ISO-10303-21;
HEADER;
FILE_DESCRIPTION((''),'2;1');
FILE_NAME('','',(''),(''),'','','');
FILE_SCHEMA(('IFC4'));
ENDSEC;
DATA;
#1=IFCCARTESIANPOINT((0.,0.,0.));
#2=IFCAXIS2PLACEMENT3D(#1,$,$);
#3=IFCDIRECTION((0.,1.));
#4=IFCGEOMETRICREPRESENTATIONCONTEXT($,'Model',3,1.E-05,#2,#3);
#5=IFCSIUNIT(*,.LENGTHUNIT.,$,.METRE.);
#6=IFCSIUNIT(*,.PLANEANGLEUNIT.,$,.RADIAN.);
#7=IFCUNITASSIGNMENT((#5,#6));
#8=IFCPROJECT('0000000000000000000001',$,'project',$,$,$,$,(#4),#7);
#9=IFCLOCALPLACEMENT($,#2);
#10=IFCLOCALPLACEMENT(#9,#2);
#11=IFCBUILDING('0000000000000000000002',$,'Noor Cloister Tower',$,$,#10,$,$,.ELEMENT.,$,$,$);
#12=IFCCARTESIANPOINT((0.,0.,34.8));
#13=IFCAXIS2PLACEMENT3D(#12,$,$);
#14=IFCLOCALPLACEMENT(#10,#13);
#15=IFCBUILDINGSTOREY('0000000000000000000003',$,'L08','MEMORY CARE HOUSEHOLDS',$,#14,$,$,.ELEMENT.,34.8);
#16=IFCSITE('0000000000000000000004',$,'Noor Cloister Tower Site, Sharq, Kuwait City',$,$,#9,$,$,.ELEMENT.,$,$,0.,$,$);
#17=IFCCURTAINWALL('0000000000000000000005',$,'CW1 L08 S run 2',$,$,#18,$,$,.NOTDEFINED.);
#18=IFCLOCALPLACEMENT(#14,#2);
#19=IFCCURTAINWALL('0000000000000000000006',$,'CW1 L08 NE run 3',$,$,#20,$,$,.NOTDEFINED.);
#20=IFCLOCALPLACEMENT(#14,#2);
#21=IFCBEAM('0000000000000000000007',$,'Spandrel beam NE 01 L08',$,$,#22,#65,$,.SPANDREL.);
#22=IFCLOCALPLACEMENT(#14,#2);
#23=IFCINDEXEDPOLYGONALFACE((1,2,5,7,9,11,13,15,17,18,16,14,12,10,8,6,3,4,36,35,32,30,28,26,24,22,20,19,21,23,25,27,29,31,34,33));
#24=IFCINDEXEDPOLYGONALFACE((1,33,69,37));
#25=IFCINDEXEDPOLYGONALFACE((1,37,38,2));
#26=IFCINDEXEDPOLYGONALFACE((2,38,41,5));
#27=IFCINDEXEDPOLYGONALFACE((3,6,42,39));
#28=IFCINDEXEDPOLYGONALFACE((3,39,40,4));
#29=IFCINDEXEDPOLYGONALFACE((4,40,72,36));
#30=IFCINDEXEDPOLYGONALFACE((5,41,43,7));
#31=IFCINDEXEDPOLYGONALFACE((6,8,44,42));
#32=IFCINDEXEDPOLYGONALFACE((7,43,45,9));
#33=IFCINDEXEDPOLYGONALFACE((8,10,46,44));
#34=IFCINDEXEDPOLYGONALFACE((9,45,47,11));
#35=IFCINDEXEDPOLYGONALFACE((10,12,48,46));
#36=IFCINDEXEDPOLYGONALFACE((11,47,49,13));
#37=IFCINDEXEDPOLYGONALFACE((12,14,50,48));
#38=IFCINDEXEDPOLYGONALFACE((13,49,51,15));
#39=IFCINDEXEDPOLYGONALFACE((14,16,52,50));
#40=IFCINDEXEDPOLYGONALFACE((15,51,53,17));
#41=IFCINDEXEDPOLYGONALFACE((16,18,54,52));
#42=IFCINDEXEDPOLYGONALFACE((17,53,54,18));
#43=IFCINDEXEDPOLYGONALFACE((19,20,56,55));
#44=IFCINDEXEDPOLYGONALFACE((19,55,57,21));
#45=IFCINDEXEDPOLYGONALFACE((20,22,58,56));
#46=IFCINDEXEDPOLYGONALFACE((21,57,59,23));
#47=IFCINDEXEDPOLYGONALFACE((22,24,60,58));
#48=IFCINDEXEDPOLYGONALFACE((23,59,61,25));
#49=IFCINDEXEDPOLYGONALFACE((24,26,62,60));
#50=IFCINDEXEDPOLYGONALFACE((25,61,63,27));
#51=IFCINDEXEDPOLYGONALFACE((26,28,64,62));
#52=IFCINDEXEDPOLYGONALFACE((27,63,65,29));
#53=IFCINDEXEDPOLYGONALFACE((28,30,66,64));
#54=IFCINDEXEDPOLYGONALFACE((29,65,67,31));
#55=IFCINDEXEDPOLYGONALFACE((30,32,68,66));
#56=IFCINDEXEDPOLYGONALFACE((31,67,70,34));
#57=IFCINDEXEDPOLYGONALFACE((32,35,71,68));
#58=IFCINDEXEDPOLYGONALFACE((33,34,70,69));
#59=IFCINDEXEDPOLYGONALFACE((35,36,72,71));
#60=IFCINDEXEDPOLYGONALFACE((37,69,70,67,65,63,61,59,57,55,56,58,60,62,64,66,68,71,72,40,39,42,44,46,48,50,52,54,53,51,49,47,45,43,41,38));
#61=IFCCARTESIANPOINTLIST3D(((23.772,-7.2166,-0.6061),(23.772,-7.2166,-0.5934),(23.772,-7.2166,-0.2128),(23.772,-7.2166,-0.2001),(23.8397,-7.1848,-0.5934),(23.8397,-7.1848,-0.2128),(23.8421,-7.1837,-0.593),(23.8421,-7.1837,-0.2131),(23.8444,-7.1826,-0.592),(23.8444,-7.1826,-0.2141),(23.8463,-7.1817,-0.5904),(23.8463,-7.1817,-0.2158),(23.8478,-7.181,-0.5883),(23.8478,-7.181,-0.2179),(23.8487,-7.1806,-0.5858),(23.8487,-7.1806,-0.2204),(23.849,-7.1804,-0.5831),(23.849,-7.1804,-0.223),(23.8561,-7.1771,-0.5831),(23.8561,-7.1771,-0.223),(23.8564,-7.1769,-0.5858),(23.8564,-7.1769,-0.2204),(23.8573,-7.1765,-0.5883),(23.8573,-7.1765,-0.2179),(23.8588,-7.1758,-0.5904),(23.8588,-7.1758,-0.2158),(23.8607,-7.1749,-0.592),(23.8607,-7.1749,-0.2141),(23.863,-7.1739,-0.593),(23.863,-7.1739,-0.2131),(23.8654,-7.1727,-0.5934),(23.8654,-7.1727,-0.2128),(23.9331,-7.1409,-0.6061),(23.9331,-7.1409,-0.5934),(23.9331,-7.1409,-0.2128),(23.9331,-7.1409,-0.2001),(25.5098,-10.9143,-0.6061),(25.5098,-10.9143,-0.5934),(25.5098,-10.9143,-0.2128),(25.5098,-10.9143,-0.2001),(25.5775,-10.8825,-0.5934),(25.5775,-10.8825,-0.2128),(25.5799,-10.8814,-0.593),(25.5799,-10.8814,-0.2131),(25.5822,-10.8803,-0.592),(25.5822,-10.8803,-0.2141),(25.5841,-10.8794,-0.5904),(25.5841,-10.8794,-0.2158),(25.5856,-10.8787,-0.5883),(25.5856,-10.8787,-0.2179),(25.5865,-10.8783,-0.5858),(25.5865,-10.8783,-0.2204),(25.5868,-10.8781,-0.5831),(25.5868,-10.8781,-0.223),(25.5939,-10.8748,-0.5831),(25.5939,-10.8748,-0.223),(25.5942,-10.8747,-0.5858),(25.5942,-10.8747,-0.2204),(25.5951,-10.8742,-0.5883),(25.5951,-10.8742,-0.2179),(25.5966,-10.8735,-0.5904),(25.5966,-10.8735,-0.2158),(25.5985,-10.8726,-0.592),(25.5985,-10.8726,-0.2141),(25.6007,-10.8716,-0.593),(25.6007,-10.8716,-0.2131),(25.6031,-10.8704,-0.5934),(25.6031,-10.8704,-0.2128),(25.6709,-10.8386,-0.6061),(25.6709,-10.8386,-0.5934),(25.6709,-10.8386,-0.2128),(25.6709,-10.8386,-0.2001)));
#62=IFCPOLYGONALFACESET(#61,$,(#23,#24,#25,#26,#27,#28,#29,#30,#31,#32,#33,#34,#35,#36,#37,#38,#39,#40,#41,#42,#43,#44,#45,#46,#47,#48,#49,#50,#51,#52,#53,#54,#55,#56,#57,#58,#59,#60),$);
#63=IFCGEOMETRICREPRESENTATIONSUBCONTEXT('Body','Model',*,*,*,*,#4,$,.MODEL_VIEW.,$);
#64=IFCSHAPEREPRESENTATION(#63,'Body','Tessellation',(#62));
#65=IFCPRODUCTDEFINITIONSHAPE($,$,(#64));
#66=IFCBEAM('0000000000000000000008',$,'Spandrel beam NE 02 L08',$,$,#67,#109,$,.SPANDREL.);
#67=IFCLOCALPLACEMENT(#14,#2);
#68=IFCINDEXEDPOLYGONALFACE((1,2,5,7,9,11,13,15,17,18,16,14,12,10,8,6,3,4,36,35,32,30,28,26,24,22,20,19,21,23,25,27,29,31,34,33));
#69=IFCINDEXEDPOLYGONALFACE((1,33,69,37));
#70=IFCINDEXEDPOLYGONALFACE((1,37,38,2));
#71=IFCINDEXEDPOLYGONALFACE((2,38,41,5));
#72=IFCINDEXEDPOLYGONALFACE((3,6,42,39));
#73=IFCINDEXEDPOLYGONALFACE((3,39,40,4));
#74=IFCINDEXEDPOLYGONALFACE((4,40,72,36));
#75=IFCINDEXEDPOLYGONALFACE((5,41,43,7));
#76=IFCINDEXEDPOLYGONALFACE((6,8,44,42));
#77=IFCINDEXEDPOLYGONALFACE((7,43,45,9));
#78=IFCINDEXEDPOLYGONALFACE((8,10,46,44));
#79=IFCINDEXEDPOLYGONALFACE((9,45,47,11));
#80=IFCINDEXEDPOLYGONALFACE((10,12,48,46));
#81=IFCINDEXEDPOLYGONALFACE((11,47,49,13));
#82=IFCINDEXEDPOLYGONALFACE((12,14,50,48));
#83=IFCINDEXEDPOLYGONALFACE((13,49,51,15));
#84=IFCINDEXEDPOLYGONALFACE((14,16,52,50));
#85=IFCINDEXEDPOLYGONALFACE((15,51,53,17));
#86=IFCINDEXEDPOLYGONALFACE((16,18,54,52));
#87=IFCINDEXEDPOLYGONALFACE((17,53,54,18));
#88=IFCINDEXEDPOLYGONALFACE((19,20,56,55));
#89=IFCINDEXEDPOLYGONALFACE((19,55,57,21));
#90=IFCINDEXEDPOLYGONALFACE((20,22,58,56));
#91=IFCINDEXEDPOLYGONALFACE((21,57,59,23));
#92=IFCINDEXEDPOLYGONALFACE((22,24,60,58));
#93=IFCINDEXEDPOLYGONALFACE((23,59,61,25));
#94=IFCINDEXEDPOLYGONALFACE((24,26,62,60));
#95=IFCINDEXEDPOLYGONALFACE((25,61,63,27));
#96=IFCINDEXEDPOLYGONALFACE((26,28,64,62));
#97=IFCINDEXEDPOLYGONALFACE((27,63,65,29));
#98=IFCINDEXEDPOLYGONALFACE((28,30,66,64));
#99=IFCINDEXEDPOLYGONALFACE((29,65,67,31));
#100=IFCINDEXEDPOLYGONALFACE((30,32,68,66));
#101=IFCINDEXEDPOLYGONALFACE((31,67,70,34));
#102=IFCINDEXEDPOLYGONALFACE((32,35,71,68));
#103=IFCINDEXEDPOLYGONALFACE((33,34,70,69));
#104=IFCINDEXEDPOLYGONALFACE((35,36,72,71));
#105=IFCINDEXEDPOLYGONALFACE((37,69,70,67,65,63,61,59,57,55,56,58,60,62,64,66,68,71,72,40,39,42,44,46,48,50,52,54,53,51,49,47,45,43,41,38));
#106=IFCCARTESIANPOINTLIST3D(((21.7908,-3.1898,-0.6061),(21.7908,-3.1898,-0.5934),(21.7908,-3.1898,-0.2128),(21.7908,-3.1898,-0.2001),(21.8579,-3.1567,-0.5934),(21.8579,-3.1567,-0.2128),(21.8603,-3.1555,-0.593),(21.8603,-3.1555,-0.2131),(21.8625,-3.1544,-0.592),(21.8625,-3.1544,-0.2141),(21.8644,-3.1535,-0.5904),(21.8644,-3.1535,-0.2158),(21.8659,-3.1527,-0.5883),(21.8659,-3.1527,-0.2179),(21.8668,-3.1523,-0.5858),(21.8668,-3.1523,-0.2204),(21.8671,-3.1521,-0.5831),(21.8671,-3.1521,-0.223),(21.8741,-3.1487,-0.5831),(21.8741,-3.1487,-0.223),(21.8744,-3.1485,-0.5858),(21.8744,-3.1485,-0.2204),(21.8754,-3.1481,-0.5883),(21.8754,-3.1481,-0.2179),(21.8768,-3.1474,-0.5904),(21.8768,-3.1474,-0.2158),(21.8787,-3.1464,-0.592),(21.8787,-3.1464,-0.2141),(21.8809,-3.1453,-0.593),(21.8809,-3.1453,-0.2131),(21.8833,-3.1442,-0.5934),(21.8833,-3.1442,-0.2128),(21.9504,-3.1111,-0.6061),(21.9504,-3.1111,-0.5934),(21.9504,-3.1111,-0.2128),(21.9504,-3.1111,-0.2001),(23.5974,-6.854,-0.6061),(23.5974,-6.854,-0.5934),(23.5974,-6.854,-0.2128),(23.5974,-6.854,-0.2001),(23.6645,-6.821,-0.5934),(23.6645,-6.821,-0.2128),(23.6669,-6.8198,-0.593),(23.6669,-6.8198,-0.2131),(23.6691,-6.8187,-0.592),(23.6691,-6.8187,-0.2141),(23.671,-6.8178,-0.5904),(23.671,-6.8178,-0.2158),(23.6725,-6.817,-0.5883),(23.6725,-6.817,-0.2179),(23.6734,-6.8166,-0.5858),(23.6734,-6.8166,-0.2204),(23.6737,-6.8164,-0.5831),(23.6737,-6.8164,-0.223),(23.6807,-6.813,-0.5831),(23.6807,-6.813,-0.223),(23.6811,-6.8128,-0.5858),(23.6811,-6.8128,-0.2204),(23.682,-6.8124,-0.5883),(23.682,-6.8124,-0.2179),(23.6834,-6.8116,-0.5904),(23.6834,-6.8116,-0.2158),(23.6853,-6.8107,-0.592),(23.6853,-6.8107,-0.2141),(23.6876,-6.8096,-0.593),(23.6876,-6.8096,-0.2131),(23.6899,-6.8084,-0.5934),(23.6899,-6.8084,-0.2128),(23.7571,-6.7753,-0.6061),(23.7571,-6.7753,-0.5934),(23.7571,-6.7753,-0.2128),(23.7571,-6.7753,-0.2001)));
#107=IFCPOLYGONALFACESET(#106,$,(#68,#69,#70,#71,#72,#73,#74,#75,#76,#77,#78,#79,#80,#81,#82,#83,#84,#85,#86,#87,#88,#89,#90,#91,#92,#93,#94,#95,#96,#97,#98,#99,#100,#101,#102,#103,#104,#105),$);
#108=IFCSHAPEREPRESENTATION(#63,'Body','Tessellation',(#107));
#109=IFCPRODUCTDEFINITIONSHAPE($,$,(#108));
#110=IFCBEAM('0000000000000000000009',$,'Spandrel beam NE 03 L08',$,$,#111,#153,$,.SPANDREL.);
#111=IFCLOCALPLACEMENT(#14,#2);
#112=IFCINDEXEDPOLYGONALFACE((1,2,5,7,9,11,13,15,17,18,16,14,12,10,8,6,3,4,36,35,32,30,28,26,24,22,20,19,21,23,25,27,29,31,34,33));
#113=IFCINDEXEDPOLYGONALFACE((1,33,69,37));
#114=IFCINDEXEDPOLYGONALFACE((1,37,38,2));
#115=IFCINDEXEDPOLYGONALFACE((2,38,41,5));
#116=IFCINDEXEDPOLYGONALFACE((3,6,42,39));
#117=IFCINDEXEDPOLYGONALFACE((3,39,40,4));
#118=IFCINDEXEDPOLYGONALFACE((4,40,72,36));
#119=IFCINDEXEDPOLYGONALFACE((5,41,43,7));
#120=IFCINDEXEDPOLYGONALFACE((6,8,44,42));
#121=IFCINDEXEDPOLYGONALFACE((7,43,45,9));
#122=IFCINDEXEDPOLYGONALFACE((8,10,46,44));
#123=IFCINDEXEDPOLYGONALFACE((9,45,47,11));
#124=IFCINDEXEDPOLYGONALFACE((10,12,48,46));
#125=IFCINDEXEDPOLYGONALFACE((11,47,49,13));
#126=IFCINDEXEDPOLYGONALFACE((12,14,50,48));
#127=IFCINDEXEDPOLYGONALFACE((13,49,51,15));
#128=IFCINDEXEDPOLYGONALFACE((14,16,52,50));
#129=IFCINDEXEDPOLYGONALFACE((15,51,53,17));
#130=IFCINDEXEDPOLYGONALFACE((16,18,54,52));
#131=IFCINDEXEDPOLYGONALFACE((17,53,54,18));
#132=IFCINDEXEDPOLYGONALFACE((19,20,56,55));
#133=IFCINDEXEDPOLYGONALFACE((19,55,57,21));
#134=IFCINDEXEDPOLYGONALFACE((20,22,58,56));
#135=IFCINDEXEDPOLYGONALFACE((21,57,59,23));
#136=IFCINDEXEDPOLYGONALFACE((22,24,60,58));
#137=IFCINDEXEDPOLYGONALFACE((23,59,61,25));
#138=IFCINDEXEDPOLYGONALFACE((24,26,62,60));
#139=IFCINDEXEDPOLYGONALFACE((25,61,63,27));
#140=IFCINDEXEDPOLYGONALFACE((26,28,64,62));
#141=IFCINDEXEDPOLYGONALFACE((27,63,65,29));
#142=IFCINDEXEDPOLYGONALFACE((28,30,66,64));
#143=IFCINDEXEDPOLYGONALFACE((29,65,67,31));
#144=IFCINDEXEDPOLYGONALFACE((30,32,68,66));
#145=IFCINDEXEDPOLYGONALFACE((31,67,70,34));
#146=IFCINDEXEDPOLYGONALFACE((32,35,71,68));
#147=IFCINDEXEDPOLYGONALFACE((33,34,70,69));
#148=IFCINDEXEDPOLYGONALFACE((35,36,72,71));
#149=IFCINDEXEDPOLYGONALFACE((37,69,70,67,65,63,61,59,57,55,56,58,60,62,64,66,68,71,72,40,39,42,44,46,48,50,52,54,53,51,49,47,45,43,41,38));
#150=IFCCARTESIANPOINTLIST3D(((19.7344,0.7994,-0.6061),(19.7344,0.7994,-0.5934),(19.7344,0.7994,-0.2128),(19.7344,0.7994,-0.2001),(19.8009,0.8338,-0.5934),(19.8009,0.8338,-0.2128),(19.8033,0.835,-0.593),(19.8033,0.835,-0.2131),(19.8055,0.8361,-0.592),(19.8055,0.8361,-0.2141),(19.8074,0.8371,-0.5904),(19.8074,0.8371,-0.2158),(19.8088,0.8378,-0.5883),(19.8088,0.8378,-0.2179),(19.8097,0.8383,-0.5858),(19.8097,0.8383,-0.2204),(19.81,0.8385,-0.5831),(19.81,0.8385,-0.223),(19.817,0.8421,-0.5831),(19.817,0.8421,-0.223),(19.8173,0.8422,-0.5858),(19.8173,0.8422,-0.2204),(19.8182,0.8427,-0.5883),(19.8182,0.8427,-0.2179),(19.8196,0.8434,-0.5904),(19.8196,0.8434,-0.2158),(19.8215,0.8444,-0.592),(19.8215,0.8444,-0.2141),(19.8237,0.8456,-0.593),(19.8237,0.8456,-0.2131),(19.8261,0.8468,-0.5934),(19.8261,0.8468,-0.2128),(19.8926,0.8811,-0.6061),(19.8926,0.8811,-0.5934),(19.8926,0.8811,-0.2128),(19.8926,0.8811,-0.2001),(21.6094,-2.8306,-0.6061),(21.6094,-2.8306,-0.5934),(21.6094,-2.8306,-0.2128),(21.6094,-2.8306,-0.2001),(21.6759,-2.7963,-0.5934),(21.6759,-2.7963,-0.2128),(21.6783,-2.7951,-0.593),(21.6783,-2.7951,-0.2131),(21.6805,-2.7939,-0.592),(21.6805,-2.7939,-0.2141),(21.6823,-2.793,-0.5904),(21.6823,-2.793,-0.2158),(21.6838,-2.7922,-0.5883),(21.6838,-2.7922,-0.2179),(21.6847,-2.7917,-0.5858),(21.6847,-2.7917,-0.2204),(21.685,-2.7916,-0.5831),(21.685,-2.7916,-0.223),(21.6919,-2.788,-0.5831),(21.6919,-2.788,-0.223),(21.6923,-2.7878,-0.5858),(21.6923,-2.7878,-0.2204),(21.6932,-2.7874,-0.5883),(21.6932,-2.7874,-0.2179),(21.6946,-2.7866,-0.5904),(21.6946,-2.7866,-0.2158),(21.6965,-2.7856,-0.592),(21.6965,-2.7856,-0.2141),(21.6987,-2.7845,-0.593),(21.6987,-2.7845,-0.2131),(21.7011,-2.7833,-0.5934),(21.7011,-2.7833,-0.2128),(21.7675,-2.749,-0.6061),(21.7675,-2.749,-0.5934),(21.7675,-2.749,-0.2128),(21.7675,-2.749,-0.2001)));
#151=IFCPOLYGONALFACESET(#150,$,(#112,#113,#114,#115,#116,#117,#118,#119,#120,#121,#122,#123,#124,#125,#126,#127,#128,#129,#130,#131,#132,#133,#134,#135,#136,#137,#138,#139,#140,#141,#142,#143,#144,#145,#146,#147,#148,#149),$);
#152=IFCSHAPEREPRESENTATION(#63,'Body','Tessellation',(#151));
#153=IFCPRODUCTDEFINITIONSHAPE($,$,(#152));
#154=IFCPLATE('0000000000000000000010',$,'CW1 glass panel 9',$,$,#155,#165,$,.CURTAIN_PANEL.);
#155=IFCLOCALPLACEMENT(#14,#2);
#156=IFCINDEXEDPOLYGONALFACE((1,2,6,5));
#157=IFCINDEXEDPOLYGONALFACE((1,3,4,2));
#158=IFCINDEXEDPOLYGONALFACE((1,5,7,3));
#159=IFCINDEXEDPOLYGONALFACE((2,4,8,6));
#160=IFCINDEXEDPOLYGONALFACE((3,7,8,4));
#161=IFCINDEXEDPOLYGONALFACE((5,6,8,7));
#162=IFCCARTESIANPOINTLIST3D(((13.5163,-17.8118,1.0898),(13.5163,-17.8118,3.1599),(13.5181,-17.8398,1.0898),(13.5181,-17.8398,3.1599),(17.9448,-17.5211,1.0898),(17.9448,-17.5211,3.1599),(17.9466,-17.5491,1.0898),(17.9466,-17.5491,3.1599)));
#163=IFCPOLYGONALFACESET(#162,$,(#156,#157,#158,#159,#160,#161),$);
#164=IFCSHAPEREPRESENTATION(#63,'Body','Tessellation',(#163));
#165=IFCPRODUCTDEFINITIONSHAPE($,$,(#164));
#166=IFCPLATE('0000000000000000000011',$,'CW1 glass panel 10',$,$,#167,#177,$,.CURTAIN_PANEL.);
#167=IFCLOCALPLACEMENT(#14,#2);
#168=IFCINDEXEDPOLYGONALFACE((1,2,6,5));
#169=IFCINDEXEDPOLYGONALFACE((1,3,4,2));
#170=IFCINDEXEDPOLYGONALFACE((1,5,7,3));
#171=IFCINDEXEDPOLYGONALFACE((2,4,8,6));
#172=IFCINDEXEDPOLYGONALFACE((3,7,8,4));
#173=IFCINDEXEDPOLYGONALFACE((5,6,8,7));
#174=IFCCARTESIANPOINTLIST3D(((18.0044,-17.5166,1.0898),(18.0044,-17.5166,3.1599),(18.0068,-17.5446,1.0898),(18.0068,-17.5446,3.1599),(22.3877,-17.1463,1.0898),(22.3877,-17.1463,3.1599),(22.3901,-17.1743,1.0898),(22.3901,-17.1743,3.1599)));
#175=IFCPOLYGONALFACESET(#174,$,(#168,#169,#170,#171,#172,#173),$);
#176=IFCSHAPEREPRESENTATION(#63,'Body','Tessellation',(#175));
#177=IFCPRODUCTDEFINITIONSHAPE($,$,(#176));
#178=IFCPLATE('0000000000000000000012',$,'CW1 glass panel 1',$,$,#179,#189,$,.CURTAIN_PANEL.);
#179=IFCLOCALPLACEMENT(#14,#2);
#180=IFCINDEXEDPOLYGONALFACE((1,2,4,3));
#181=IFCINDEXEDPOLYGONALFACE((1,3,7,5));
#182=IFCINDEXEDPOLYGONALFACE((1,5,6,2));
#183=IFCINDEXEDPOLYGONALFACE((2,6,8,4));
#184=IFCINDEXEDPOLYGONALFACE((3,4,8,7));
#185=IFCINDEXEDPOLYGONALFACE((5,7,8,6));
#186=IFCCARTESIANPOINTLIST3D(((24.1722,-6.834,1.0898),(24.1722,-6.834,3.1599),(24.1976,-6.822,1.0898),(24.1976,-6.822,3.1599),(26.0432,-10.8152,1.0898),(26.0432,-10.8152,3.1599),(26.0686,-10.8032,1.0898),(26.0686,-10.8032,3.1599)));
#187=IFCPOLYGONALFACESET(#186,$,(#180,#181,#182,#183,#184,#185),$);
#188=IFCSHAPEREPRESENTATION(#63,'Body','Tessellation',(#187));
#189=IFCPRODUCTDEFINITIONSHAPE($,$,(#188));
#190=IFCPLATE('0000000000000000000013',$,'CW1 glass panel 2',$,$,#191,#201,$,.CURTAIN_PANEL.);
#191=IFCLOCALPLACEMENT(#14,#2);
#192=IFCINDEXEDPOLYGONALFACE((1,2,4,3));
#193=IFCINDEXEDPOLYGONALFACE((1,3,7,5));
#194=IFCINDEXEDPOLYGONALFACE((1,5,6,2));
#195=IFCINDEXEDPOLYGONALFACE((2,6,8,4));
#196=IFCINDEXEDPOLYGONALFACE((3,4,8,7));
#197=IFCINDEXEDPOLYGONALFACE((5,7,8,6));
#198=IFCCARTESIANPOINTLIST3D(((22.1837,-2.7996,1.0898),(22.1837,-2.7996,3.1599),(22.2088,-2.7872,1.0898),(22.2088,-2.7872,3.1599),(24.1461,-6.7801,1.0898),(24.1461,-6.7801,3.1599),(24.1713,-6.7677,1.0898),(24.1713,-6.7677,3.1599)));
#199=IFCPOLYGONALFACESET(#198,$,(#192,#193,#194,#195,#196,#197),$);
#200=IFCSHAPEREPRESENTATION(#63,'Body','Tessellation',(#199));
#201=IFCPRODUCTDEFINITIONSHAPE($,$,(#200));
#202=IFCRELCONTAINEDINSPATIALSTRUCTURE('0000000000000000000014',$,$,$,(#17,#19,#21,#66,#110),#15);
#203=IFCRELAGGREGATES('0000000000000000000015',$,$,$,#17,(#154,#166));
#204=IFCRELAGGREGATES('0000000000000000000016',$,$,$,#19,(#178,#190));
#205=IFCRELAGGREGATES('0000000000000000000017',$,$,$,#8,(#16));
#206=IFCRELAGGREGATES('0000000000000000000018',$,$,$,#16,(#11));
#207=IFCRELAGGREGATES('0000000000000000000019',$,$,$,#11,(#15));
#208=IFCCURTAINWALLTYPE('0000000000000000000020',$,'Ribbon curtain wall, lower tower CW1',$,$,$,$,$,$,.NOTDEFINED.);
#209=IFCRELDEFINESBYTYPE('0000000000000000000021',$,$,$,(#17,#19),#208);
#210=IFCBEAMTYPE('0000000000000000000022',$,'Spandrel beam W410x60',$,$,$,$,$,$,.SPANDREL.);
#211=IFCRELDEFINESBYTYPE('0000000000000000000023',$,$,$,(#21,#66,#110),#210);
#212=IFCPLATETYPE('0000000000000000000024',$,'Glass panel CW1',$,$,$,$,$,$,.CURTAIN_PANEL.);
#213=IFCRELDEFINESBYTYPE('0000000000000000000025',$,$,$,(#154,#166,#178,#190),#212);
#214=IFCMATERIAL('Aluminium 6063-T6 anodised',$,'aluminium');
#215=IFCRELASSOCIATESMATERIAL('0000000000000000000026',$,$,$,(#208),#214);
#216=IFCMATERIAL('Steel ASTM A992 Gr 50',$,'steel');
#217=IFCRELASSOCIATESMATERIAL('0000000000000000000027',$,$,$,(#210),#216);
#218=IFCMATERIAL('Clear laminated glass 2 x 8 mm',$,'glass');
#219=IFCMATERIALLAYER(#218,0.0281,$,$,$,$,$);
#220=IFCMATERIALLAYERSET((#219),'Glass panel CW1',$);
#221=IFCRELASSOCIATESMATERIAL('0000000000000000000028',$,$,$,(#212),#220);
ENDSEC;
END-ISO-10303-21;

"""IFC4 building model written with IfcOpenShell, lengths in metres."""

from ifc_helpers import new_model, si_unit, direction, frame, origin, origin_2d, place, context, subcontext, project, spatial, rectangle, i_section, extrude, material, layer, layer_set, material_profile, profile_set, type_object, element, aggregate, save


model = new_model("IFC4")

# Units and contexts
model_context = context("Model", 3, precision=1e-05, world=origin(), true_north=direction((0.0, 1.0)))
body_context = subcontext(model_context, "Body", "Model", "MODEL_VIEW")
ifc_project = project(units=[si_unit("LENGTHUNIT", "METRE"), si_unit("PLANEANGLEUNIT", "RADIAN")], contexts=[model_context])

# Site, building, storey
site_placement = place(None, origin())
site = spatial("IfcSite", under=ifc_project, at=site_placement, Name="Noor Cloister Tower Site, Sharq, Kuwait City", CompositionType="ELEMENT", RefElevation=0.0)
building_placement = place(site_placement, origin())
building = spatial("IfcBuilding", under=site, at=building_placement, Name="Noor Cloister Tower", CompositionType="ELEMENT")
storey_placement = place(building_placement, frame((0.0, 0.0, 34.8)))
storey = spatial("IfcBuildingStorey", under=building, at=storey_placement, Name="L08", Description="MEMORY CARE HOUSEHOLDS", CompositionType="ELEMENT", Elevation=34.8)

# Curtain walls
ifc_material_1 = material(Name="Aluminium 6063-T6 anodised", Category="aluminium")
curtain_wall_type = type_object("IfcCurtainWallType", Name="Ribbon curtain wall, lower tower CW1", PredefinedType="NOTDEFINED", material=ifc_material_1)
curtain_wall_1_placement = place(storey_placement, origin())
curtain_wall_1 = element("IfcCurtainWall", 1, at=curtain_wall_1_placement, inside=storey, type_object=curtain_wall_type, Name="CW1 L08 S run 2", PredefinedType="NOTDEFINED")
curtain_wall_2_placement = place(storey_placement, origin())
curtain_wall_2 = element("IfcCurtainWall", 2, at=curtain_wall_2_placement, inside=storey, type_object=curtain_wall_type, Name="CW1 L08 NE run 3", PredefinedType="NOTDEFINED")

# Beams
ifc_material_2 = material(Name="Steel ASTM A992 Gr 50", Category="steel")
ifc_material_profile_1 = material_profile(ifc_material_2, i_section(OverallWidth=0.178, OverallDepth=0.406, WebThickness=0.0078, FlangeThickness=0.0127, FilletRadius=0.0103, at=origin_2d()), Name="W410x60")
ifc_profile_set_1 = profile_set([ifc_material_profile_1], Name="Steel ASTM A992 Gr 50")
beam_type_1 = type_object("IfcBeamType", Name="Spandrel beam W410x60", PredefinedType="SPANDREL", material=ifc_profile_set_1)
beam_1_placement = place(storey_placement, frame((25.5903, -10.8765, -0.4031), z_axis=(-0.425331, 0.905038, 0.0), x_axis=(-0.905038, -0.425331, 0.0)))
element("IfcBeam", 3, at=beam_1_placement, inside=storey, type_object=beam_type_1, Name="Spandrel beam NE 01 L08", PredefinedType="SPANDREL", context=body_context, shape_type="SweptSolid", body=[
    extrude(i_section(OverallWidth=0.178, OverallDepth=0.406, WebThickness=0.0078, FlangeThickness=0.0127, FilletRadius=0.0103, at=origin_2d()), origin(), (0.0, 0.0, 1.0), 4.0857),
])
beam_2_placement = place(storey_placement, frame((23.6772, -6.8147, -0.4031), z_axis=(-0.442211, 0.896911, 0.0), x_axis=(-0.896911, -0.442211, 0.0)))
element("IfcBeam", 4, at=beam_2_placement, inside=storey, type_object=beam_type_1, Name="Spandrel beam NE 02 L08", PredefinedType="SPANDREL", context=body_context, shape_type="SweptSolid", body=[
    extrude(i_section(OverallWidth=0.178, OverallDepth=0.406, WebThickness=0.0078, FlangeThickness=0.0127, FilletRadius=0.0103, at=origin_2d()), origin(), (0.0, 0.0, 1.0), 4.0854),
])
beam_3_placement = place(storey_placement, frame((21.6885, -2.7898, -0.4031), z_axis=(-0.458911, 0.888482, 0.0), x_axis=(-0.888482, -0.458911, 0.0)))
element("IfcBeam", 5, at=beam_3_placement, inside=storey, type_object=beam_type_1, Name="Spandrel beam NE 03 L08", PredefinedType="SPANDREL", context=body_context, shape_type="SweptSolid", body=[
    extrude(i_section(OverallWidth=0.178, OverallDepth=0.406, WebThickness=0.0078, FlangeThickness=0.0127, FilletRadius=0.0103, at=origin_2d()), origin(), (0.0, 0.0, 1.0), 4.0857),
])

# Plates
ifc_material_3 = material(Name="Clear laminated glass 2 x 8 mm", Category="glass")
ifc_layer_1 = layer(ifc_material_3, 0.0281)
ifc_layer_set_1 = layer_set([ifc_layer_1], Name="Glass panel CW1")
plate_type = type_object("IfcPlateType", Name="Glass panel CW1", PredefinedType="CURTAIN_PANEL", material=ifc_layer_set_1)
plate_1_placement = place(storey_placement, frame((15.7314, -17.6804, 1.0898), z_axis=(0.0, 0.0, 1.0), x_axis=(0.997853, 0.065499, 0.0)))
plate_1 = element("IfcPlate", 6, at=plate_1_placement, type_object=plate_type, Name="CW1 glass panel 9", PredefinedType="CURTAIN_PANEL", context=body_context, shape_type="SweptSolid", body=[
    extrude(rectangle(XDim=4.438, YDim=0.0281, at=origin_2d()), origin(), (0.0, 0.0, 1.0), 2.0701),
])
plate_2_placement = place(storey_placement, frame((20.1973, -17.3455, 1.0898), z_axis=(0.0, 0.0, 1.0), x_axis=(0.996451, 0.084174, 0.0)))
plate_2 = element("IfcPlate", 7, at=plate_2_placement, type_object=plate_type, Name="CW1 glass panel 10", PredefinedType="CURTAIN_PANEL", context=body_context, shape_type="SweptSolid", body=[
    extrude(rectangle(XDim=4.3989, YDim=0.0281, at=origin_2d()), origin(), (0.0, 0.0, 1.0), 2.0701),
])
aggregate(curtain_wall_1, [plate_1, plate_2])
plate_3_placement = place(storey_placement, frame((25.1204, -8.8186, 1.0898), z_axis=(0.0, 0.0, 1.0), x_axis=(-0.425329, 0.905039, 0.0)))
plate_3 = element("IfcPlate", 8, at=plate_3_placement, type_object=plate_type, Name="CW1 glass panel 1", PredefinedType="CURTAIN_PANEL", context=body_context, shape_type="SweptSolid", body=[
    extrude(rectangle(XDim=4.3989, YDim=0.0281, at=origin_2d()), origin(), (0.0, 0.0, 1.0), 2.0701),
])
plate_4_placement = place(storey_placement, frame((23.1775, -4.7837, 1.0898), z_axis=(0.0, 0.0, 1.0), x_axis=(-0.442202, 0.896915, 0.0)))
plate_4 = element("IfcPlate", 9, at=plate_4_placement, type_object=plate_type, Name="CW1 glass panel 2", PredefinedType="CURTAIN_PANEL", context=body_context, shape_type="SweptSolid", body=[
    extrude(rectangle(XDim=4.438, YDim=0.0281, at=origin_2d()), origin(), (0.0, 0.0, 1.0), 2.0701),
])
aggregate(curtain_wall_2, [plate_3, plate_4])

save(model, "model.ifc")
